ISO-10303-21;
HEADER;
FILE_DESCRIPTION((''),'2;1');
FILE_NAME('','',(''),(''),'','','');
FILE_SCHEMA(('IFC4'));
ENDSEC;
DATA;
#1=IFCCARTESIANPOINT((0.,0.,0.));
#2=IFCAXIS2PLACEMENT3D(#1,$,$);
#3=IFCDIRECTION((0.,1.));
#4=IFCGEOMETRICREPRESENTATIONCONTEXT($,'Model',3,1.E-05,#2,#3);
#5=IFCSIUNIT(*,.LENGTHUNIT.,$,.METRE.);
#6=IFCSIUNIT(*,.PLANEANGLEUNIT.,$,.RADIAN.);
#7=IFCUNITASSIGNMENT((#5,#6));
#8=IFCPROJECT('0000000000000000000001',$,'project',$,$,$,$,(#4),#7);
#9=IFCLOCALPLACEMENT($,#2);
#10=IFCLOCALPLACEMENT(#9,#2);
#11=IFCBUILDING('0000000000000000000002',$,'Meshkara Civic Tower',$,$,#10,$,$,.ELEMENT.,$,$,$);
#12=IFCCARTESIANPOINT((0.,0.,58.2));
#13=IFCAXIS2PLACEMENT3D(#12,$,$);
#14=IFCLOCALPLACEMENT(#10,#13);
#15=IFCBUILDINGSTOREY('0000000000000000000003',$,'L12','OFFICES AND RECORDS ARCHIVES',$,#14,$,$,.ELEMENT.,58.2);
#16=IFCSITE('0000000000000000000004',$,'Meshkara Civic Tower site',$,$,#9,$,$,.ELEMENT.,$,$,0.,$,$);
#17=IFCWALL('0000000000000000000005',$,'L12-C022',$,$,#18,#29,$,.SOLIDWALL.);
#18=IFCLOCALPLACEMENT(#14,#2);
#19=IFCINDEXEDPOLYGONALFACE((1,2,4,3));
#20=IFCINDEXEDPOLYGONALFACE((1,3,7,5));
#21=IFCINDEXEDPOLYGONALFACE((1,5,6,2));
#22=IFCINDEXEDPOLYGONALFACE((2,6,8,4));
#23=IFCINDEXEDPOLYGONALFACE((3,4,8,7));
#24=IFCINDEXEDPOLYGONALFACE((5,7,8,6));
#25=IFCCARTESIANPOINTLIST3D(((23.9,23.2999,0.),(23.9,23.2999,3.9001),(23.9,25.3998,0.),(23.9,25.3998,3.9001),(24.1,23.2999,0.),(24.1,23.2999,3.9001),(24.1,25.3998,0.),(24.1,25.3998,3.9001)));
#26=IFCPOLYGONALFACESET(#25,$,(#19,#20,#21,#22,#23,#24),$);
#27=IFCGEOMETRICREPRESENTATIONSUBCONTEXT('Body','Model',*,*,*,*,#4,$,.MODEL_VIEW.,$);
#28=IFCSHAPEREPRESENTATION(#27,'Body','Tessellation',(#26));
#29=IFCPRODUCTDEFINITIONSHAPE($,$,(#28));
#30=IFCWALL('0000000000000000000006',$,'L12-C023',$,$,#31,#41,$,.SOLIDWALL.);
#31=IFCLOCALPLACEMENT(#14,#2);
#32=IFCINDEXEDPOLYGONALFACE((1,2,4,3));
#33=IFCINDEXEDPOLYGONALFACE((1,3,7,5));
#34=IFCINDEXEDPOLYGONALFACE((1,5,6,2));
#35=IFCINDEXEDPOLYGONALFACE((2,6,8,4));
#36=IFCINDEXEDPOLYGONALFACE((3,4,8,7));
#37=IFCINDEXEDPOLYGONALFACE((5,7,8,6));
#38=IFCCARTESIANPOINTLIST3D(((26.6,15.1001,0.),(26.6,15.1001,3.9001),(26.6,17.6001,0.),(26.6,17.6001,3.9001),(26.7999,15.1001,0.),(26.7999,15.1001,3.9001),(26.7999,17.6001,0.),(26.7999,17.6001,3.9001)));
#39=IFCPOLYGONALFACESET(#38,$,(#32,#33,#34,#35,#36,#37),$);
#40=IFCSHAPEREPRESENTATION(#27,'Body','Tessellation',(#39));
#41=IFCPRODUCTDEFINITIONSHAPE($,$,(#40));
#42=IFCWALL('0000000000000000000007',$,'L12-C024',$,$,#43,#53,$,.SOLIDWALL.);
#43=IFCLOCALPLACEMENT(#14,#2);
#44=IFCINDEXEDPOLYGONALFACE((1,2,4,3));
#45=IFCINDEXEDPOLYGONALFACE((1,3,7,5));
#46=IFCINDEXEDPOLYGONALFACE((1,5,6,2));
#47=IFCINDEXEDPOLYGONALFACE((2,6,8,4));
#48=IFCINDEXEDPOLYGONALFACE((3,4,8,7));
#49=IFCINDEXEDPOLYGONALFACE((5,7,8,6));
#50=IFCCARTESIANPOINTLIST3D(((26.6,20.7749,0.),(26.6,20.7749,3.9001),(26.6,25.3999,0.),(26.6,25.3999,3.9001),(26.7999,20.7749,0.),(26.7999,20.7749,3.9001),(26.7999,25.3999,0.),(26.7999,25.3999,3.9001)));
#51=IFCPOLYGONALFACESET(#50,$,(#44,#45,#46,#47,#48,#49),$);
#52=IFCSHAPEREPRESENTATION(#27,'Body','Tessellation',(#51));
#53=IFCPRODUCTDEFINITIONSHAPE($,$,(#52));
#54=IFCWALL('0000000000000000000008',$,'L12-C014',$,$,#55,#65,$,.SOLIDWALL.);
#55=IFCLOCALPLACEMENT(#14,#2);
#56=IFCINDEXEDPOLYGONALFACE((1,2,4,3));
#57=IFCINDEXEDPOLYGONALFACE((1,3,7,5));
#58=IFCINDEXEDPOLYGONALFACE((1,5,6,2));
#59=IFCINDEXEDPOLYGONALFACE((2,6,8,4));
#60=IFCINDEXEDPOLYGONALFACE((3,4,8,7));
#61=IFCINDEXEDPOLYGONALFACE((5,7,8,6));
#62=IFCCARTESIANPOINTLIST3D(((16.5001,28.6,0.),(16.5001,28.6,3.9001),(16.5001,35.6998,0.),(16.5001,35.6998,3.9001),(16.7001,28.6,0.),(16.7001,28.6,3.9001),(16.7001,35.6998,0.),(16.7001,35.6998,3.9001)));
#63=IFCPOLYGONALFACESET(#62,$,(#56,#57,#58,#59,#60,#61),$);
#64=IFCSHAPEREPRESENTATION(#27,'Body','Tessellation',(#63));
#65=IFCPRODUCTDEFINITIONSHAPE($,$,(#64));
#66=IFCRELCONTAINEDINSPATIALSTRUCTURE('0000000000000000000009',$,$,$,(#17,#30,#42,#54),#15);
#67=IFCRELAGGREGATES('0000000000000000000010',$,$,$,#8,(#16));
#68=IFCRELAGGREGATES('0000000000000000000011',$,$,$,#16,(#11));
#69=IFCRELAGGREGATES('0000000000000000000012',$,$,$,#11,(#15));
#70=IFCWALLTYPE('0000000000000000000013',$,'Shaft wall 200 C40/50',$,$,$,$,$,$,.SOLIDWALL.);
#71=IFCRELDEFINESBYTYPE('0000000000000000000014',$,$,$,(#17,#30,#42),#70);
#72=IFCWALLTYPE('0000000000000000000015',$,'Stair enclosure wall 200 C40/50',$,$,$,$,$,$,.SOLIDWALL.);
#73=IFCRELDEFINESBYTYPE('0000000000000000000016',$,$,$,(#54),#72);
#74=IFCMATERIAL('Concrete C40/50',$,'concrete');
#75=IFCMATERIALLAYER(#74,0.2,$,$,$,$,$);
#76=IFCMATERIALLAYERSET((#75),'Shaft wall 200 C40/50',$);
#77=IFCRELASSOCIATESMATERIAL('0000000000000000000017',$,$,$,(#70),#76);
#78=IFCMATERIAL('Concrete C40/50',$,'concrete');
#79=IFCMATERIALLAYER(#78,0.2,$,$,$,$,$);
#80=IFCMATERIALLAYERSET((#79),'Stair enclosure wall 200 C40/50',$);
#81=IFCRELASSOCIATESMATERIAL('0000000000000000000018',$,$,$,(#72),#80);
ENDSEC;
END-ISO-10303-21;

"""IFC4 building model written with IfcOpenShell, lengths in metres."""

from ifc_helpers import new_model, si_unit, direction, frame, frame_2d, origin, place, context, subcontext, project, spatial, rectangle, extrude, material, layer, layer_set, type_object, element, save


model = new_model("IFC4")

# Units and contexts
model_context = context("Model", 3, precision=1e-05, world=origin(), true_north=direction((0.0, 1.0)))
body_context = subcontext(model_context, "Body", "Model", "MODEL_VIEW")
ifc_project = project(units=[si_unit("LENGTHUNIT", "METRE"), si_unit("PLANEANGLEUNIT", "RADIAN")], contexts=[model_context])

# Site, building, storey
site_placement = place(None, origin())
site = spatial("IfcSite", under=ifc_project, at=site_placement, Name="Meshkara Civic Tower site", CompositionType="ELEMENT", RefElevation=0.0)
building_placement = place(site_placement, origin())
building = spatial("IfcBuilding", under=site, at=building_placement, Name="Meshkara Civic Tower", CompositionType="ELEMENT")
storey_placement = place(building_placement, frame((0.0, 0.0, 58.2)))
storey = spatial("IfcBuildingStorey", under=building, at=storey_placement, Name="L12", Description="OFFICES AND RECORDS ARCHIVES", CompositionType="ELEMENT", Elevation=58.2)

# Shared definitions
ifc_material_1 = material(Name="Concrete C40/50", Category="concrete")
ifc_layer_1 = layer(ifc_material_1, 0.2)
ifc_layer_set_1 = layer_set([ifc_layer_1], Name="Shaft wall 200 C40/50")
wall_type_1 = type_object("IfcWallType", Name="Shaft wall 200 C40/50", PredefinedType="SOLIDWALL", material=ifc_layer_set_1)

# Walls
wall_1_placement = place(storey_placement, frame((24.0, 23.3, 0.0), z_axis=(0.0, 0.0, 1.0), x_axis=(0.0, 1.0, 0.0)))
element("IfcWall", 1, at=wall_1_placement, inside=storey, type_object=wall_type_1, Name="L12-C022", PredefinedType="SOLIDWALL", context=body_context, shape_type="SweptSolid", body=[
    extrude(rectangle(XDim=2.0999, YDim=0.2, at=frame_2d((1.0498, 0.0))), origin(), (0.0, 0.0, 1.0), 3.9001),
])
wall_2_placement = place(storey_placement, frame((26.7, 15.1001, 0.0), z_axis=(0.0, 0.0, 1.0), x_axis=(0.0, 1.0, 0.0)))
element("IfcWall", 2, at=wall_2_placement, inside=storey, type_object=wall_type_1, Name="L12-C023", PredefinedType="SOLIDWALL", context=body_context, shape_type="SweptSolid", body=[
    extrude(rectangle(XDim=2.5, YDim=0.2, at=frame_2d((1.25, 0.0))), origin(), (0.0, 0.0, 1.0), 3.9001),
])
wall_3_placement = place(storey_placement, frame((26.7, 20.7749, 0.0), z_axis=(0.0, 0.0, 1.0), x_axis=(0.0, 1.0, 0.0)))
element("IfcWall", 3, at=wall_3_placement, inside=storey, type_object=wall_type_1, Name="L12-C024", PredefinedType="SOLIDWALL", context=body_context, shape_type="SweptSolid", body=[
    extrude(rectangle(XDim=4.625, YDim=0.2, at=frame_2d((2.3125, 0.0))), origin(), (0.0, 0.0, 1.0), 3.9001),
])
ifc_material_2 = material(Name="Concrete C40/50", Category="concrete")
ifc_layer_2 = layer(ifc_material_2, 0.2)
ifc_layer_set_2 = layer_set([ifc_layer_2], Name="Stair enclosure wall 200 C40/50")
wall_type_2 = type_object("IfcWallType", Name="Stair enclosure wall 200 C40/50", PredefinedType="SOLIDWALL", material=ifc_layer_set_2)
wall_4_placement = place(storey_placement, frame((16.6001, 28.6001, 0.0), z_axis=(0.0, 0.0, 1.0), x_axis=(0.0, 1.0, 0.0)))
element("IfcWall", 4, at=wall_4_placement, inside=storey, type_object=wall_type_2, Name="L12-C014", PredefinedType="SOLIDWALL", context=body_context, shape_type="SweptSolid", body=[
    extrude(rectangle(XDim=7.0999, YDim=0.2, at=frame_2d((3.5498, 0.0))), origin(), (0.0, 0.0, 1.0), 3.9001),
])

save(model, "model.ifc")
